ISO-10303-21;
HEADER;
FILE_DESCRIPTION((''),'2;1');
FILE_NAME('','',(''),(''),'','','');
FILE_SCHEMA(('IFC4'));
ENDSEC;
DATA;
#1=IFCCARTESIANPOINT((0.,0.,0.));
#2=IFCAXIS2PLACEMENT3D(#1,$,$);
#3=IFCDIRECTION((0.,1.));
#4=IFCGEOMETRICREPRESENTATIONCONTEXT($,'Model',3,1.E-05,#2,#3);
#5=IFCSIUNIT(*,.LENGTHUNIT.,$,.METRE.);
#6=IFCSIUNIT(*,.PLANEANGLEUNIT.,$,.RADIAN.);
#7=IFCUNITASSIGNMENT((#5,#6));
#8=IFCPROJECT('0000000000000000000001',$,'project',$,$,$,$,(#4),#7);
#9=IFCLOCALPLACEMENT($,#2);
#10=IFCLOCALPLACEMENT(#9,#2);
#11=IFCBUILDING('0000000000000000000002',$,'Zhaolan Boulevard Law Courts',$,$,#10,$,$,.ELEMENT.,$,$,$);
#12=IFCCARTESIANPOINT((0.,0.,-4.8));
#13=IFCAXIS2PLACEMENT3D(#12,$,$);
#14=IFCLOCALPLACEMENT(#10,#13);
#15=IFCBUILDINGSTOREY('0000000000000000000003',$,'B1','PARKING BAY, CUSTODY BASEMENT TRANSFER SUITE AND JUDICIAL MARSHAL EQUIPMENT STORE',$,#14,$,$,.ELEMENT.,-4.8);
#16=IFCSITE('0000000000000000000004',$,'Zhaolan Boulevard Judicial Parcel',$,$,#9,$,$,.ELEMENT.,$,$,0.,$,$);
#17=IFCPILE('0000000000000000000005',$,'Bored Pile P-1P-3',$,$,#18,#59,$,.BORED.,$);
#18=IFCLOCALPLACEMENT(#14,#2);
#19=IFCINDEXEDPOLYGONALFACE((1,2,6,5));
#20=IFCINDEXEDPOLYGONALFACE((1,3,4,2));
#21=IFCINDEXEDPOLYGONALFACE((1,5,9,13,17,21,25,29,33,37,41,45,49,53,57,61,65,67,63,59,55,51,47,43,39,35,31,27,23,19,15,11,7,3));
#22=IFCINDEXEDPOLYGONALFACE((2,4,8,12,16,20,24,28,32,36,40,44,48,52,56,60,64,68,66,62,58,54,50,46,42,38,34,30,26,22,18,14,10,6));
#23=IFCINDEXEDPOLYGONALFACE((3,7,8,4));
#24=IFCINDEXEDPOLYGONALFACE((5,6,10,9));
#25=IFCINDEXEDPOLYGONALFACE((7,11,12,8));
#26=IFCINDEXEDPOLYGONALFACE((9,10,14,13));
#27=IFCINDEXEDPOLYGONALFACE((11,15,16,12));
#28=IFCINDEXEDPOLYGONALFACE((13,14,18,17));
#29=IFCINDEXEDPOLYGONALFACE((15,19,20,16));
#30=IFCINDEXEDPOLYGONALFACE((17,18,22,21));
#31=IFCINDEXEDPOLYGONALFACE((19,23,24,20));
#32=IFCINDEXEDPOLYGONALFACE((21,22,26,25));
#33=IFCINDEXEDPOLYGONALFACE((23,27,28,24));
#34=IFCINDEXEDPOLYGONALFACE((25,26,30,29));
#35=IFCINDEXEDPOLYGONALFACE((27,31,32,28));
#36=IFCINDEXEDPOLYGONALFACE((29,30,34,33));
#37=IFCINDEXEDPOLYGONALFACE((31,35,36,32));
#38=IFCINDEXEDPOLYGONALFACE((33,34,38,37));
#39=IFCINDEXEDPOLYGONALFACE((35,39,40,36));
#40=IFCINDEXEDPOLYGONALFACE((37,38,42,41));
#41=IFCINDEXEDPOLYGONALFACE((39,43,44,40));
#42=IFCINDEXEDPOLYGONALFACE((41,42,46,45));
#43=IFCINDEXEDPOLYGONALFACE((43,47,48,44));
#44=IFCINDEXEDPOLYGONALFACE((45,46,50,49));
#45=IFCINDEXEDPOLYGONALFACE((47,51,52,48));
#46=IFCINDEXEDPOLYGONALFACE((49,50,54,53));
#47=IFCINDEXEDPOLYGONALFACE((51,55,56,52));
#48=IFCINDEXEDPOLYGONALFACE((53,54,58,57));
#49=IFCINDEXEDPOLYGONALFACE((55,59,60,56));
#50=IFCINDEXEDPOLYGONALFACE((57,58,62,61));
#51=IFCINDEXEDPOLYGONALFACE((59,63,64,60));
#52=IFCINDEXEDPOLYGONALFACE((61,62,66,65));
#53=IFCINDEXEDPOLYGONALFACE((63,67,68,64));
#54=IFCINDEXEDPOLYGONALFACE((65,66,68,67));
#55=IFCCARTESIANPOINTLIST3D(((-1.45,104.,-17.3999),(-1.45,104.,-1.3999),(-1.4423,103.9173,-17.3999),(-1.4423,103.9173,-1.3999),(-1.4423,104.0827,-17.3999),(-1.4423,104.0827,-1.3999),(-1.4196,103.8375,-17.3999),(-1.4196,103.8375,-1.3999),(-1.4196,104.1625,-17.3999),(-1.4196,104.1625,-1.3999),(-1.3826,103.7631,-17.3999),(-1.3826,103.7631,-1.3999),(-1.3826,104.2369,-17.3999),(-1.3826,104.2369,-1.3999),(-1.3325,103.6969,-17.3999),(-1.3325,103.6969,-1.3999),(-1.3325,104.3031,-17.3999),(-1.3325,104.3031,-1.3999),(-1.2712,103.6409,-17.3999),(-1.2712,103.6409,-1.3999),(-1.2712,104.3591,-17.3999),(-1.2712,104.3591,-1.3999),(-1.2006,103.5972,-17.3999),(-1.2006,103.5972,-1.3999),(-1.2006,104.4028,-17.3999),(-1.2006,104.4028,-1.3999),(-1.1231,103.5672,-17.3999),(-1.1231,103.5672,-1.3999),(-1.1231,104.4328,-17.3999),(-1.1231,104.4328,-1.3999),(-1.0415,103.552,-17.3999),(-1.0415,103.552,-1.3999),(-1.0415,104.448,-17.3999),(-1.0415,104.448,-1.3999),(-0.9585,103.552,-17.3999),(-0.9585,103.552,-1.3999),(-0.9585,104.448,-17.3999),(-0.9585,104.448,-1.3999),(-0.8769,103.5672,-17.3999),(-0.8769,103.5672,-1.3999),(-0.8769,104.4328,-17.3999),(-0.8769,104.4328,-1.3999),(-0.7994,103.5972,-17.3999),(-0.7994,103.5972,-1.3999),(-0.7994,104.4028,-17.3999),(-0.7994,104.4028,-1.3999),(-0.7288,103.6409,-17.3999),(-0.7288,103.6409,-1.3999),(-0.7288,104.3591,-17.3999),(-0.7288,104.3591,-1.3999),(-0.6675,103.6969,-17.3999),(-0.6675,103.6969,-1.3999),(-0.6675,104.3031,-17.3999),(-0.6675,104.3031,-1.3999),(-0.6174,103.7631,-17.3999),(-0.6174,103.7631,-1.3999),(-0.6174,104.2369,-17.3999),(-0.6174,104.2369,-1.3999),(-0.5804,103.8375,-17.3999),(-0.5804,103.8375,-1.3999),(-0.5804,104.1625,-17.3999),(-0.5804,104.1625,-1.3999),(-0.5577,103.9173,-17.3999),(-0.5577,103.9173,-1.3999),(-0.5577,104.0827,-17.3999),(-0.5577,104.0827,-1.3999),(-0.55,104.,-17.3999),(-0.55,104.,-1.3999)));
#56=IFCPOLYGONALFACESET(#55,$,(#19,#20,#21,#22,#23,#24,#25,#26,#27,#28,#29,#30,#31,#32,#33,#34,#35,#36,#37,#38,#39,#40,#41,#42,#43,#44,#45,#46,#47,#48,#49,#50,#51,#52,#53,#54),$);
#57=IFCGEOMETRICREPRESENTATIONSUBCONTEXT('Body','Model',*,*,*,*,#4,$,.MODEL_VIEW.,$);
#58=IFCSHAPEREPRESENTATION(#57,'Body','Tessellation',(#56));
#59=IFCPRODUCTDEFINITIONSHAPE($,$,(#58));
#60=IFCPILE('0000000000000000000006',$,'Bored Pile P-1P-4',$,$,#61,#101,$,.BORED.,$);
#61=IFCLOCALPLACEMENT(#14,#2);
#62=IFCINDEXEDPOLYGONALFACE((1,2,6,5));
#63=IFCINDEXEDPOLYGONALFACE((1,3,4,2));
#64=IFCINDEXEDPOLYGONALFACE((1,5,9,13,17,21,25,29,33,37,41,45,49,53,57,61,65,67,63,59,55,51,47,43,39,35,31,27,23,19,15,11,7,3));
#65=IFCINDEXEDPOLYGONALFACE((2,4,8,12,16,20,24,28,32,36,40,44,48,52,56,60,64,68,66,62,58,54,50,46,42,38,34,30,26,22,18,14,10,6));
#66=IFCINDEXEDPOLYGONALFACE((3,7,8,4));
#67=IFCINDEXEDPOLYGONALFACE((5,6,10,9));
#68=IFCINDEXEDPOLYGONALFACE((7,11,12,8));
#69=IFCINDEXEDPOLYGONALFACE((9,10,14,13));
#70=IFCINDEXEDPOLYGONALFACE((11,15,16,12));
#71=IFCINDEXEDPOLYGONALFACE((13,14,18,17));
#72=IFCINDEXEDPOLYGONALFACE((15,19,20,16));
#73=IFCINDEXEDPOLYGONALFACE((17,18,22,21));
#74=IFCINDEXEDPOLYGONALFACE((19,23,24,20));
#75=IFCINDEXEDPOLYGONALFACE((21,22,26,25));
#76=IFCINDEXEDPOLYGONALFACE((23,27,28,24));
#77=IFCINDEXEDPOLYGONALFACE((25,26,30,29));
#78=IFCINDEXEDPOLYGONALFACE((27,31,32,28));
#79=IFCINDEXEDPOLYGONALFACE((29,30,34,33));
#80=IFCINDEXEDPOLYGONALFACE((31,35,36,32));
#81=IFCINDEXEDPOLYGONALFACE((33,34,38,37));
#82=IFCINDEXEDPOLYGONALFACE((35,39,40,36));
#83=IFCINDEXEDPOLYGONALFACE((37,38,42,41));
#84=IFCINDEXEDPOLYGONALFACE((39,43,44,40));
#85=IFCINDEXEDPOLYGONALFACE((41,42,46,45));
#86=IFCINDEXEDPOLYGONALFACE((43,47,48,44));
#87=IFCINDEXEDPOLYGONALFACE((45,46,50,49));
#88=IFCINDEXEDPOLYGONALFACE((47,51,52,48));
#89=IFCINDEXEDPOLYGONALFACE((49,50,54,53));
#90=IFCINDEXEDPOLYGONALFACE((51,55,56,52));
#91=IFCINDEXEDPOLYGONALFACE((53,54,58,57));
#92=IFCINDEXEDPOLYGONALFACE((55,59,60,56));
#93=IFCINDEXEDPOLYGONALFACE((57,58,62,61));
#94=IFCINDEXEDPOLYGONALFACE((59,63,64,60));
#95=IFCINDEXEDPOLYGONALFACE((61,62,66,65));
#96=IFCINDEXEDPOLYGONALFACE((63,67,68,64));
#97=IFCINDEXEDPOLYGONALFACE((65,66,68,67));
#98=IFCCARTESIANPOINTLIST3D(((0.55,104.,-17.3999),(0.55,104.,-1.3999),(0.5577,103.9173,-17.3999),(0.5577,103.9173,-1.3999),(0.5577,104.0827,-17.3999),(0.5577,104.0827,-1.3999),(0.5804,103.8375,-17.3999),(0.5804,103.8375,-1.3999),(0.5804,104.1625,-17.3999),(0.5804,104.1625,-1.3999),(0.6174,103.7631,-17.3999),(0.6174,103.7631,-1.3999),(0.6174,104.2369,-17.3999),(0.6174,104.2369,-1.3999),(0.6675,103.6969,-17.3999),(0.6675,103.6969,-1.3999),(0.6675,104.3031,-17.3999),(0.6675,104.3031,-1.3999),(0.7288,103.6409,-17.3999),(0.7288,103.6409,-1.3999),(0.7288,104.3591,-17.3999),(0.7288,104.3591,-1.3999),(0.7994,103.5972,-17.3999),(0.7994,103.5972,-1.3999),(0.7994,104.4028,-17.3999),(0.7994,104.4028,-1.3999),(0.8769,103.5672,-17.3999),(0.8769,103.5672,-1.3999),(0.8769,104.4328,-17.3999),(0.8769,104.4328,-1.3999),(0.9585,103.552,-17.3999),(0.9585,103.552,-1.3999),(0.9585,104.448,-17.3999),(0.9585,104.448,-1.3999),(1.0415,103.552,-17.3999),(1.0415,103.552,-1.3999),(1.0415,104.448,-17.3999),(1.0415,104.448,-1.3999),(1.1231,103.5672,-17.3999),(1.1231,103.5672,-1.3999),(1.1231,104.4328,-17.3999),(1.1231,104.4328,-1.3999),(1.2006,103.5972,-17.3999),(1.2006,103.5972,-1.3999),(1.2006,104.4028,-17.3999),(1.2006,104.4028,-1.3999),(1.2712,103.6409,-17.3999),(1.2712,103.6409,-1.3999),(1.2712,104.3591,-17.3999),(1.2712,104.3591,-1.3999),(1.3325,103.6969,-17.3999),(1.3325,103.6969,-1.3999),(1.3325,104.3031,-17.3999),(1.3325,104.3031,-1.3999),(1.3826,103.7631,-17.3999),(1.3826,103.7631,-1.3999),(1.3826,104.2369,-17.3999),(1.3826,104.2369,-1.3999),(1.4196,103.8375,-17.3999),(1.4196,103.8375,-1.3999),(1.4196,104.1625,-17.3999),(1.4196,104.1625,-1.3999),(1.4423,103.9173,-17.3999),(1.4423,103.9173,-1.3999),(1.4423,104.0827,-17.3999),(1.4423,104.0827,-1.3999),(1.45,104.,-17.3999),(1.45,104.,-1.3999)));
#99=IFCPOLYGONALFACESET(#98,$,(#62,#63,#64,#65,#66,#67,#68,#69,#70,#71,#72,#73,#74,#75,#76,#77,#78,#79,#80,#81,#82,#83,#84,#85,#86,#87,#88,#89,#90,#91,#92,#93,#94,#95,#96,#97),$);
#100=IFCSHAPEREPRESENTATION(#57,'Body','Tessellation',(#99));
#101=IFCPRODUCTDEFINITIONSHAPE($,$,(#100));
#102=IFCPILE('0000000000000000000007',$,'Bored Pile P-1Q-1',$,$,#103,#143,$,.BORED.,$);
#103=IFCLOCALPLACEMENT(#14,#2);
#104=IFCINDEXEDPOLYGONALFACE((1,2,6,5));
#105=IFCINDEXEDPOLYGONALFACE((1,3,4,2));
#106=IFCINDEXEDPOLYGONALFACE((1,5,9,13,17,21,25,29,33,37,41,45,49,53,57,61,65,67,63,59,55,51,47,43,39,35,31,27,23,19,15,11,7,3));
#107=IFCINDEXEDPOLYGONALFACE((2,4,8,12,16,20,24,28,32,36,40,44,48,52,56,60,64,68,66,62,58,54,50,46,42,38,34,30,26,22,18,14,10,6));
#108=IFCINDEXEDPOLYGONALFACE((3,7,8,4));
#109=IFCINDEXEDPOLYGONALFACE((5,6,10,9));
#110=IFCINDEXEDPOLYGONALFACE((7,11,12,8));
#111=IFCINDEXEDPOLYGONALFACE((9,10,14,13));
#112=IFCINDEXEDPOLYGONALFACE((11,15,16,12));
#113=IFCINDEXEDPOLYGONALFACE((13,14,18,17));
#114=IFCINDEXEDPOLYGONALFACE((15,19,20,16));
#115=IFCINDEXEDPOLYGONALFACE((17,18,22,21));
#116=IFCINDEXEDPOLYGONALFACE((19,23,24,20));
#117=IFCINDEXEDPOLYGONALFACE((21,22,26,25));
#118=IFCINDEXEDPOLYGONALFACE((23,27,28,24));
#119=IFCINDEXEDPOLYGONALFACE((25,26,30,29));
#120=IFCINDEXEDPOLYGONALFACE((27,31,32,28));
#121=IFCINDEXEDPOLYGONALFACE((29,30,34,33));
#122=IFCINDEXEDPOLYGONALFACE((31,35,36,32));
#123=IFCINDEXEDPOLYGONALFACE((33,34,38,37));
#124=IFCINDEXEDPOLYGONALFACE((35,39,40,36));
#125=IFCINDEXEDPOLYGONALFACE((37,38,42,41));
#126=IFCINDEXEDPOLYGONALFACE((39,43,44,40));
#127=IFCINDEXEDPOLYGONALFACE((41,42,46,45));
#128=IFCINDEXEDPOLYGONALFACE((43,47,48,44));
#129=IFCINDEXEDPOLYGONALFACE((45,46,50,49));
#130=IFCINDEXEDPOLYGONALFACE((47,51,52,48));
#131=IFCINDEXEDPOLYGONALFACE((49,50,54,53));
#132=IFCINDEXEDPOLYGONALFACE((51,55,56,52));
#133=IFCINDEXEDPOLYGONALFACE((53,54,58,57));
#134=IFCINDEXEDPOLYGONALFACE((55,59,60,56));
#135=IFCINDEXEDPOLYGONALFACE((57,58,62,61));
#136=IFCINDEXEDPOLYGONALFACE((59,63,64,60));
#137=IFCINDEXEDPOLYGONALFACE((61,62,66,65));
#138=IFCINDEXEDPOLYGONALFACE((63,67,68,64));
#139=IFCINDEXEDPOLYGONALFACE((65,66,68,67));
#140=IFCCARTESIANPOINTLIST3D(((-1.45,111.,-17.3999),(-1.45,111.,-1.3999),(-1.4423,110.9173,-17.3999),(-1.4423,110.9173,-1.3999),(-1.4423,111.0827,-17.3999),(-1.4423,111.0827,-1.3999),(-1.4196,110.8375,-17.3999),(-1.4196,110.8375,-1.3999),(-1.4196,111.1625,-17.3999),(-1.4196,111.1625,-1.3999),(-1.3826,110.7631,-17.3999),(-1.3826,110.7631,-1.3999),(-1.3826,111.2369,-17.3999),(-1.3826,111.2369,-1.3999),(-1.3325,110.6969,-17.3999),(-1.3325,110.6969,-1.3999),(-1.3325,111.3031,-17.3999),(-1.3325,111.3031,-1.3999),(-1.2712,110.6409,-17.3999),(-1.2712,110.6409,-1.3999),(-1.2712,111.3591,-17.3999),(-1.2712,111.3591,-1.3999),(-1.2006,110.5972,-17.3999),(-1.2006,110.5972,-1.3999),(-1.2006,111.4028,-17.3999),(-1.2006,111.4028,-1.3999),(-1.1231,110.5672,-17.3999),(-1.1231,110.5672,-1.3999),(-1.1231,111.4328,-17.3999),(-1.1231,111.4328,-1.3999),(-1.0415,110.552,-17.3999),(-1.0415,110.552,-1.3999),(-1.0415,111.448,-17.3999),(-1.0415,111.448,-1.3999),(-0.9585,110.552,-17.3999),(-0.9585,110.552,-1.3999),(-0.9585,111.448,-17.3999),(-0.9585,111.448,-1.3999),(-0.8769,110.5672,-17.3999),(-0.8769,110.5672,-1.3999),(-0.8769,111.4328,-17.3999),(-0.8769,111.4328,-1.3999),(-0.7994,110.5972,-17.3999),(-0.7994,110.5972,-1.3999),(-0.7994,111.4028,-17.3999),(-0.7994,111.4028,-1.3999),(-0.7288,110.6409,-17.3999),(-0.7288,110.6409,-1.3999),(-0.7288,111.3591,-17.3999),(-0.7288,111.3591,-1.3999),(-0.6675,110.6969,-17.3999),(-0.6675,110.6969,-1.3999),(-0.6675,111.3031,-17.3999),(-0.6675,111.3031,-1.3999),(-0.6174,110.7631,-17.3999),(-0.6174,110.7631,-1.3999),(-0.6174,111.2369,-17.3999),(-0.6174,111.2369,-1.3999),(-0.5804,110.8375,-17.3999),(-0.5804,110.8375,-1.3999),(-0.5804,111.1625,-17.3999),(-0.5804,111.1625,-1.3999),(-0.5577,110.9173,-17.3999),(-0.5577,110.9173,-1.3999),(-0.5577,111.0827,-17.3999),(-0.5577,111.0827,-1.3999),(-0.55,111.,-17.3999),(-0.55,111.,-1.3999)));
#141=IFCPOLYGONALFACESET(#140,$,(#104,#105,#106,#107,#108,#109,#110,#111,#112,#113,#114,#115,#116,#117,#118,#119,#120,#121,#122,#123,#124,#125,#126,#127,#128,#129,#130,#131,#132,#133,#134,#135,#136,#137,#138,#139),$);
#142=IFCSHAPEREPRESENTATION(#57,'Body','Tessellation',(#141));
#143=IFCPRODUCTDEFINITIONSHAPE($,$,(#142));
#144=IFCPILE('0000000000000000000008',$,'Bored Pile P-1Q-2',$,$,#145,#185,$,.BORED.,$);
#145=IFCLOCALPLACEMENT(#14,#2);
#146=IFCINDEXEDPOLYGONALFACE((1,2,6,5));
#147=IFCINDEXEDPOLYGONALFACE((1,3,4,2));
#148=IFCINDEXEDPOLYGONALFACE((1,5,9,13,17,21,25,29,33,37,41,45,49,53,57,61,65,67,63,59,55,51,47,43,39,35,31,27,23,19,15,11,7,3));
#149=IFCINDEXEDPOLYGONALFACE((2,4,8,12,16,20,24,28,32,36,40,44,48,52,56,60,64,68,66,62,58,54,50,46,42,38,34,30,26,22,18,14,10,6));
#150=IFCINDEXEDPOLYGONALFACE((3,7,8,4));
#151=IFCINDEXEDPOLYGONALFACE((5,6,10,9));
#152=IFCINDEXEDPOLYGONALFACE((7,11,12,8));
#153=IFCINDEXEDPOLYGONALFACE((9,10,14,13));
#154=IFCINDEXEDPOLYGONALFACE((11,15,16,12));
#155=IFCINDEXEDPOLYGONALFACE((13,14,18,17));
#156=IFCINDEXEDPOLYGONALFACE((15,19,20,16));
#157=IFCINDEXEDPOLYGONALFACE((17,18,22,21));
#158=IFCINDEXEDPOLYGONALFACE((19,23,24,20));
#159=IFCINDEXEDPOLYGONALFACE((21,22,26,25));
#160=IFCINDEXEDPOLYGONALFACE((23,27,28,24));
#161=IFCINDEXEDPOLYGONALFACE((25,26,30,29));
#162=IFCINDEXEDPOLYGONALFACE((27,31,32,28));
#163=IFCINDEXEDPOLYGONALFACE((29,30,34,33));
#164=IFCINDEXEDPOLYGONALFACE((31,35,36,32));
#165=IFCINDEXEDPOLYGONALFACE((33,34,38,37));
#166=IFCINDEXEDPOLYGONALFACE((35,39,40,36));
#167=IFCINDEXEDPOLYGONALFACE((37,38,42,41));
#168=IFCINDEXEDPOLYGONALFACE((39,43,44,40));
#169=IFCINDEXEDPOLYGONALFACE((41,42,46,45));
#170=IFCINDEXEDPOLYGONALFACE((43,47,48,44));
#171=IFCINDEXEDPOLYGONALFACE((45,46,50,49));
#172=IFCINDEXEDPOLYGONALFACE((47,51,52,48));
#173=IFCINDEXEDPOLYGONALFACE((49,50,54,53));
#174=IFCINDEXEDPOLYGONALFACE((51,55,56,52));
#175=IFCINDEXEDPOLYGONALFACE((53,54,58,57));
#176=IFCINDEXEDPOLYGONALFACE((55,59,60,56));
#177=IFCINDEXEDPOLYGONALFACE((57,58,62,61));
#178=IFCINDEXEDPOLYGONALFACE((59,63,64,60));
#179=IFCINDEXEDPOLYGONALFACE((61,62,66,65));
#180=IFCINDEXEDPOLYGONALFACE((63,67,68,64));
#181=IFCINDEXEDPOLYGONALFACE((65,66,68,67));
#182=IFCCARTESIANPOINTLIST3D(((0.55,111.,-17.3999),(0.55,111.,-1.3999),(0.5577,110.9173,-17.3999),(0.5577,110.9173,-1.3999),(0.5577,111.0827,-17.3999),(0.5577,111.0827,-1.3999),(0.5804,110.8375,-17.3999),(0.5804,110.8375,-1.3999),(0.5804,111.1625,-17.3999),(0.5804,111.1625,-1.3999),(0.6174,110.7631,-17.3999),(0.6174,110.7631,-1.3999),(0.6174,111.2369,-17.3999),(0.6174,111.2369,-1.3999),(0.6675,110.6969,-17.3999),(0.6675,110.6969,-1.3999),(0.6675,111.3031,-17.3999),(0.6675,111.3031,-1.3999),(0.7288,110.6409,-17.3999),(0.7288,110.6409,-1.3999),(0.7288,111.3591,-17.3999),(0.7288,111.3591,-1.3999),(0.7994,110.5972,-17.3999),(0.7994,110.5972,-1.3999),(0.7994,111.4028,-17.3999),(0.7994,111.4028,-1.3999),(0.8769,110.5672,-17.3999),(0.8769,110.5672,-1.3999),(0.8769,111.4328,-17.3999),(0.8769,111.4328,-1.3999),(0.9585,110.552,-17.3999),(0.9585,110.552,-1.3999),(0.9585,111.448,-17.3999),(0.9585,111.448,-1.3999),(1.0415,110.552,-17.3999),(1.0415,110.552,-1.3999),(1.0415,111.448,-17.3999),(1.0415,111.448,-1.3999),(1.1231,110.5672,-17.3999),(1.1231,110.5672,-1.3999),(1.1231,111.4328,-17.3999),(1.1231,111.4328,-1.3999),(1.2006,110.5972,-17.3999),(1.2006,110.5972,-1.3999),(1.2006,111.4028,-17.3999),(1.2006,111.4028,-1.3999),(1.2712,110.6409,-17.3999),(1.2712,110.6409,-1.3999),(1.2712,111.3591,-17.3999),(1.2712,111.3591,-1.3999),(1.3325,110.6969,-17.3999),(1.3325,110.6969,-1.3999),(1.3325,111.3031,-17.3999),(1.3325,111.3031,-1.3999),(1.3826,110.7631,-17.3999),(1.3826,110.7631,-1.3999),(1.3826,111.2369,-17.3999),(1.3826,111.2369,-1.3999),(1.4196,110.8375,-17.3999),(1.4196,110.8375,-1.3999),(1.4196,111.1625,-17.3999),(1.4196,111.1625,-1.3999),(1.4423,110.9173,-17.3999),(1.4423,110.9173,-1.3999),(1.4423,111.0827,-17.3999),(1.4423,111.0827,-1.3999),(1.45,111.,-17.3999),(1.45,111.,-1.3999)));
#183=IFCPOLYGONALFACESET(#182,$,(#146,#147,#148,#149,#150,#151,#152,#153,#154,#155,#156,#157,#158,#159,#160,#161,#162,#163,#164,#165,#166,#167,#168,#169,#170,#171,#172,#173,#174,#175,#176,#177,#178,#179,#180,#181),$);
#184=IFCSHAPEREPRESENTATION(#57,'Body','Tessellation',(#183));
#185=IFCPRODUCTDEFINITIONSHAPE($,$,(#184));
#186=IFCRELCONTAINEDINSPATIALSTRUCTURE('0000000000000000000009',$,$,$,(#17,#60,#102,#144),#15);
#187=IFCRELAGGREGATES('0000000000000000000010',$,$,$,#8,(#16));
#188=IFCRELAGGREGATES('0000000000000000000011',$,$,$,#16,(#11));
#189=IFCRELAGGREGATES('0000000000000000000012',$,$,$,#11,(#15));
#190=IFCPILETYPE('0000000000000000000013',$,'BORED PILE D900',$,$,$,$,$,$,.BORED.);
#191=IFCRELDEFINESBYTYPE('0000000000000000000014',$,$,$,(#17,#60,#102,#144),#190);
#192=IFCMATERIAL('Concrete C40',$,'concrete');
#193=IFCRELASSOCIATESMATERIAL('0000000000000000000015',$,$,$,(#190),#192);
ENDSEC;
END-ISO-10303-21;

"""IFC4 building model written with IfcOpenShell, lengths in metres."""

from ifc_helpers import new_model, si_unit, direction, frame, origin, origin_2d, place, context, subcontext, project, spatial, circle, extrude, material, material_profile, profile_set, type_object, element, save


model = new_model("IFC4")

# Units and contexts
model_context = context("Model", 3, precision=1e-05, world=origin(), true_north=direction((0.0, 1.0)))
body_context = subcontext(model_context, "Body", "Model", "MODEL_VIEW")
ifc_project = project(units=[si_unit("LENGTHUNIT", "METRE"), si_unit("PLANEANGLEUNIT", "RADIAN")], contexts=[model_context])

# Site, building, storey
site_placement = place(None, origin())
site = spatial("IfcSite", under=ifc_project, at=site_placement, Name="Zhaolan Boulevard Judicial Parcel", CompositionType="ELEMENT", RefElevation=0.0)
building_placement = place(site_placement, origin())
building = spatial("IfcBuilding", under=site, at=building_placement, Name="Zhaolan Boulevard Law Courts", CompositionType="ELEMENT")
storey_placement = place(building_placement, frame((0.0, 0.0, -4.8)))
storey = spatial("IfcBuildingStorey", under=building, at=storey_placement, Name="B1", Description="PARKING BAY, CUSTODY BASEMENT TRANSFER SUITE AND JUDICIAL MARSHAL EQUIPMENT STORE", CompositionType="ELEMENT", Elevation=-4.8)

# Piles
ifc_material_1 = material(Name="Concrete C40", Category="concrete")
ifc_material_profile_1 = material_profile(ifc_material_1, circle(Radius=0.45, at=origin_2d()), Name="PILE-D900")
ifc_profile_set_1 = profile_set([ifc_material_profile_1], Name="Concrete C40")
pile_type = type_object("IfcPileType", Name="BORED PILE D900", PredefinedType="BORED", material=ifc_profile_set_1)
for number, where, z_axis, x_axis, name in (
    (1, (-1.0, 104.0, -1.3999), (0.0, 0.0, -1.0), (1.0, 0.0, 0.0), "Bored Pile P-1P-3"),
    (2, (1.0, 104.0, -1.3999), (0.0, 0.0, -1.0), (1.0, 0.0, 0.0), "Bored Pile P-1P-4"),
    (3, (-1.0, 111.0, -1.3999), (0.0, 0.0, -1.0), (1.0, 0.0, 0.0), "Bored Pile P-1Q-1"),
    (4, (1.0, 111.0, -1.3999), (0.0, 0.0, -1.0), (1.0, 0.0, 0.0), "Bored Pile P-1Q-2"),
):
    element("IfcPile", number, at=place(storey_placement, frame(where, z_axis=z_axis, x_axis=x_axis)), inside=storey, type_object=pile_type, Name=name, PredefinedType="BORED", context=body_context, shape_type="SweptSolid", body=[
        extrude(circle(Radius=0.45, at=origin_2d()), origin(), (0.0, 0.0, 1.0), 16.0),
    ])

save(model, "model.ifc")
